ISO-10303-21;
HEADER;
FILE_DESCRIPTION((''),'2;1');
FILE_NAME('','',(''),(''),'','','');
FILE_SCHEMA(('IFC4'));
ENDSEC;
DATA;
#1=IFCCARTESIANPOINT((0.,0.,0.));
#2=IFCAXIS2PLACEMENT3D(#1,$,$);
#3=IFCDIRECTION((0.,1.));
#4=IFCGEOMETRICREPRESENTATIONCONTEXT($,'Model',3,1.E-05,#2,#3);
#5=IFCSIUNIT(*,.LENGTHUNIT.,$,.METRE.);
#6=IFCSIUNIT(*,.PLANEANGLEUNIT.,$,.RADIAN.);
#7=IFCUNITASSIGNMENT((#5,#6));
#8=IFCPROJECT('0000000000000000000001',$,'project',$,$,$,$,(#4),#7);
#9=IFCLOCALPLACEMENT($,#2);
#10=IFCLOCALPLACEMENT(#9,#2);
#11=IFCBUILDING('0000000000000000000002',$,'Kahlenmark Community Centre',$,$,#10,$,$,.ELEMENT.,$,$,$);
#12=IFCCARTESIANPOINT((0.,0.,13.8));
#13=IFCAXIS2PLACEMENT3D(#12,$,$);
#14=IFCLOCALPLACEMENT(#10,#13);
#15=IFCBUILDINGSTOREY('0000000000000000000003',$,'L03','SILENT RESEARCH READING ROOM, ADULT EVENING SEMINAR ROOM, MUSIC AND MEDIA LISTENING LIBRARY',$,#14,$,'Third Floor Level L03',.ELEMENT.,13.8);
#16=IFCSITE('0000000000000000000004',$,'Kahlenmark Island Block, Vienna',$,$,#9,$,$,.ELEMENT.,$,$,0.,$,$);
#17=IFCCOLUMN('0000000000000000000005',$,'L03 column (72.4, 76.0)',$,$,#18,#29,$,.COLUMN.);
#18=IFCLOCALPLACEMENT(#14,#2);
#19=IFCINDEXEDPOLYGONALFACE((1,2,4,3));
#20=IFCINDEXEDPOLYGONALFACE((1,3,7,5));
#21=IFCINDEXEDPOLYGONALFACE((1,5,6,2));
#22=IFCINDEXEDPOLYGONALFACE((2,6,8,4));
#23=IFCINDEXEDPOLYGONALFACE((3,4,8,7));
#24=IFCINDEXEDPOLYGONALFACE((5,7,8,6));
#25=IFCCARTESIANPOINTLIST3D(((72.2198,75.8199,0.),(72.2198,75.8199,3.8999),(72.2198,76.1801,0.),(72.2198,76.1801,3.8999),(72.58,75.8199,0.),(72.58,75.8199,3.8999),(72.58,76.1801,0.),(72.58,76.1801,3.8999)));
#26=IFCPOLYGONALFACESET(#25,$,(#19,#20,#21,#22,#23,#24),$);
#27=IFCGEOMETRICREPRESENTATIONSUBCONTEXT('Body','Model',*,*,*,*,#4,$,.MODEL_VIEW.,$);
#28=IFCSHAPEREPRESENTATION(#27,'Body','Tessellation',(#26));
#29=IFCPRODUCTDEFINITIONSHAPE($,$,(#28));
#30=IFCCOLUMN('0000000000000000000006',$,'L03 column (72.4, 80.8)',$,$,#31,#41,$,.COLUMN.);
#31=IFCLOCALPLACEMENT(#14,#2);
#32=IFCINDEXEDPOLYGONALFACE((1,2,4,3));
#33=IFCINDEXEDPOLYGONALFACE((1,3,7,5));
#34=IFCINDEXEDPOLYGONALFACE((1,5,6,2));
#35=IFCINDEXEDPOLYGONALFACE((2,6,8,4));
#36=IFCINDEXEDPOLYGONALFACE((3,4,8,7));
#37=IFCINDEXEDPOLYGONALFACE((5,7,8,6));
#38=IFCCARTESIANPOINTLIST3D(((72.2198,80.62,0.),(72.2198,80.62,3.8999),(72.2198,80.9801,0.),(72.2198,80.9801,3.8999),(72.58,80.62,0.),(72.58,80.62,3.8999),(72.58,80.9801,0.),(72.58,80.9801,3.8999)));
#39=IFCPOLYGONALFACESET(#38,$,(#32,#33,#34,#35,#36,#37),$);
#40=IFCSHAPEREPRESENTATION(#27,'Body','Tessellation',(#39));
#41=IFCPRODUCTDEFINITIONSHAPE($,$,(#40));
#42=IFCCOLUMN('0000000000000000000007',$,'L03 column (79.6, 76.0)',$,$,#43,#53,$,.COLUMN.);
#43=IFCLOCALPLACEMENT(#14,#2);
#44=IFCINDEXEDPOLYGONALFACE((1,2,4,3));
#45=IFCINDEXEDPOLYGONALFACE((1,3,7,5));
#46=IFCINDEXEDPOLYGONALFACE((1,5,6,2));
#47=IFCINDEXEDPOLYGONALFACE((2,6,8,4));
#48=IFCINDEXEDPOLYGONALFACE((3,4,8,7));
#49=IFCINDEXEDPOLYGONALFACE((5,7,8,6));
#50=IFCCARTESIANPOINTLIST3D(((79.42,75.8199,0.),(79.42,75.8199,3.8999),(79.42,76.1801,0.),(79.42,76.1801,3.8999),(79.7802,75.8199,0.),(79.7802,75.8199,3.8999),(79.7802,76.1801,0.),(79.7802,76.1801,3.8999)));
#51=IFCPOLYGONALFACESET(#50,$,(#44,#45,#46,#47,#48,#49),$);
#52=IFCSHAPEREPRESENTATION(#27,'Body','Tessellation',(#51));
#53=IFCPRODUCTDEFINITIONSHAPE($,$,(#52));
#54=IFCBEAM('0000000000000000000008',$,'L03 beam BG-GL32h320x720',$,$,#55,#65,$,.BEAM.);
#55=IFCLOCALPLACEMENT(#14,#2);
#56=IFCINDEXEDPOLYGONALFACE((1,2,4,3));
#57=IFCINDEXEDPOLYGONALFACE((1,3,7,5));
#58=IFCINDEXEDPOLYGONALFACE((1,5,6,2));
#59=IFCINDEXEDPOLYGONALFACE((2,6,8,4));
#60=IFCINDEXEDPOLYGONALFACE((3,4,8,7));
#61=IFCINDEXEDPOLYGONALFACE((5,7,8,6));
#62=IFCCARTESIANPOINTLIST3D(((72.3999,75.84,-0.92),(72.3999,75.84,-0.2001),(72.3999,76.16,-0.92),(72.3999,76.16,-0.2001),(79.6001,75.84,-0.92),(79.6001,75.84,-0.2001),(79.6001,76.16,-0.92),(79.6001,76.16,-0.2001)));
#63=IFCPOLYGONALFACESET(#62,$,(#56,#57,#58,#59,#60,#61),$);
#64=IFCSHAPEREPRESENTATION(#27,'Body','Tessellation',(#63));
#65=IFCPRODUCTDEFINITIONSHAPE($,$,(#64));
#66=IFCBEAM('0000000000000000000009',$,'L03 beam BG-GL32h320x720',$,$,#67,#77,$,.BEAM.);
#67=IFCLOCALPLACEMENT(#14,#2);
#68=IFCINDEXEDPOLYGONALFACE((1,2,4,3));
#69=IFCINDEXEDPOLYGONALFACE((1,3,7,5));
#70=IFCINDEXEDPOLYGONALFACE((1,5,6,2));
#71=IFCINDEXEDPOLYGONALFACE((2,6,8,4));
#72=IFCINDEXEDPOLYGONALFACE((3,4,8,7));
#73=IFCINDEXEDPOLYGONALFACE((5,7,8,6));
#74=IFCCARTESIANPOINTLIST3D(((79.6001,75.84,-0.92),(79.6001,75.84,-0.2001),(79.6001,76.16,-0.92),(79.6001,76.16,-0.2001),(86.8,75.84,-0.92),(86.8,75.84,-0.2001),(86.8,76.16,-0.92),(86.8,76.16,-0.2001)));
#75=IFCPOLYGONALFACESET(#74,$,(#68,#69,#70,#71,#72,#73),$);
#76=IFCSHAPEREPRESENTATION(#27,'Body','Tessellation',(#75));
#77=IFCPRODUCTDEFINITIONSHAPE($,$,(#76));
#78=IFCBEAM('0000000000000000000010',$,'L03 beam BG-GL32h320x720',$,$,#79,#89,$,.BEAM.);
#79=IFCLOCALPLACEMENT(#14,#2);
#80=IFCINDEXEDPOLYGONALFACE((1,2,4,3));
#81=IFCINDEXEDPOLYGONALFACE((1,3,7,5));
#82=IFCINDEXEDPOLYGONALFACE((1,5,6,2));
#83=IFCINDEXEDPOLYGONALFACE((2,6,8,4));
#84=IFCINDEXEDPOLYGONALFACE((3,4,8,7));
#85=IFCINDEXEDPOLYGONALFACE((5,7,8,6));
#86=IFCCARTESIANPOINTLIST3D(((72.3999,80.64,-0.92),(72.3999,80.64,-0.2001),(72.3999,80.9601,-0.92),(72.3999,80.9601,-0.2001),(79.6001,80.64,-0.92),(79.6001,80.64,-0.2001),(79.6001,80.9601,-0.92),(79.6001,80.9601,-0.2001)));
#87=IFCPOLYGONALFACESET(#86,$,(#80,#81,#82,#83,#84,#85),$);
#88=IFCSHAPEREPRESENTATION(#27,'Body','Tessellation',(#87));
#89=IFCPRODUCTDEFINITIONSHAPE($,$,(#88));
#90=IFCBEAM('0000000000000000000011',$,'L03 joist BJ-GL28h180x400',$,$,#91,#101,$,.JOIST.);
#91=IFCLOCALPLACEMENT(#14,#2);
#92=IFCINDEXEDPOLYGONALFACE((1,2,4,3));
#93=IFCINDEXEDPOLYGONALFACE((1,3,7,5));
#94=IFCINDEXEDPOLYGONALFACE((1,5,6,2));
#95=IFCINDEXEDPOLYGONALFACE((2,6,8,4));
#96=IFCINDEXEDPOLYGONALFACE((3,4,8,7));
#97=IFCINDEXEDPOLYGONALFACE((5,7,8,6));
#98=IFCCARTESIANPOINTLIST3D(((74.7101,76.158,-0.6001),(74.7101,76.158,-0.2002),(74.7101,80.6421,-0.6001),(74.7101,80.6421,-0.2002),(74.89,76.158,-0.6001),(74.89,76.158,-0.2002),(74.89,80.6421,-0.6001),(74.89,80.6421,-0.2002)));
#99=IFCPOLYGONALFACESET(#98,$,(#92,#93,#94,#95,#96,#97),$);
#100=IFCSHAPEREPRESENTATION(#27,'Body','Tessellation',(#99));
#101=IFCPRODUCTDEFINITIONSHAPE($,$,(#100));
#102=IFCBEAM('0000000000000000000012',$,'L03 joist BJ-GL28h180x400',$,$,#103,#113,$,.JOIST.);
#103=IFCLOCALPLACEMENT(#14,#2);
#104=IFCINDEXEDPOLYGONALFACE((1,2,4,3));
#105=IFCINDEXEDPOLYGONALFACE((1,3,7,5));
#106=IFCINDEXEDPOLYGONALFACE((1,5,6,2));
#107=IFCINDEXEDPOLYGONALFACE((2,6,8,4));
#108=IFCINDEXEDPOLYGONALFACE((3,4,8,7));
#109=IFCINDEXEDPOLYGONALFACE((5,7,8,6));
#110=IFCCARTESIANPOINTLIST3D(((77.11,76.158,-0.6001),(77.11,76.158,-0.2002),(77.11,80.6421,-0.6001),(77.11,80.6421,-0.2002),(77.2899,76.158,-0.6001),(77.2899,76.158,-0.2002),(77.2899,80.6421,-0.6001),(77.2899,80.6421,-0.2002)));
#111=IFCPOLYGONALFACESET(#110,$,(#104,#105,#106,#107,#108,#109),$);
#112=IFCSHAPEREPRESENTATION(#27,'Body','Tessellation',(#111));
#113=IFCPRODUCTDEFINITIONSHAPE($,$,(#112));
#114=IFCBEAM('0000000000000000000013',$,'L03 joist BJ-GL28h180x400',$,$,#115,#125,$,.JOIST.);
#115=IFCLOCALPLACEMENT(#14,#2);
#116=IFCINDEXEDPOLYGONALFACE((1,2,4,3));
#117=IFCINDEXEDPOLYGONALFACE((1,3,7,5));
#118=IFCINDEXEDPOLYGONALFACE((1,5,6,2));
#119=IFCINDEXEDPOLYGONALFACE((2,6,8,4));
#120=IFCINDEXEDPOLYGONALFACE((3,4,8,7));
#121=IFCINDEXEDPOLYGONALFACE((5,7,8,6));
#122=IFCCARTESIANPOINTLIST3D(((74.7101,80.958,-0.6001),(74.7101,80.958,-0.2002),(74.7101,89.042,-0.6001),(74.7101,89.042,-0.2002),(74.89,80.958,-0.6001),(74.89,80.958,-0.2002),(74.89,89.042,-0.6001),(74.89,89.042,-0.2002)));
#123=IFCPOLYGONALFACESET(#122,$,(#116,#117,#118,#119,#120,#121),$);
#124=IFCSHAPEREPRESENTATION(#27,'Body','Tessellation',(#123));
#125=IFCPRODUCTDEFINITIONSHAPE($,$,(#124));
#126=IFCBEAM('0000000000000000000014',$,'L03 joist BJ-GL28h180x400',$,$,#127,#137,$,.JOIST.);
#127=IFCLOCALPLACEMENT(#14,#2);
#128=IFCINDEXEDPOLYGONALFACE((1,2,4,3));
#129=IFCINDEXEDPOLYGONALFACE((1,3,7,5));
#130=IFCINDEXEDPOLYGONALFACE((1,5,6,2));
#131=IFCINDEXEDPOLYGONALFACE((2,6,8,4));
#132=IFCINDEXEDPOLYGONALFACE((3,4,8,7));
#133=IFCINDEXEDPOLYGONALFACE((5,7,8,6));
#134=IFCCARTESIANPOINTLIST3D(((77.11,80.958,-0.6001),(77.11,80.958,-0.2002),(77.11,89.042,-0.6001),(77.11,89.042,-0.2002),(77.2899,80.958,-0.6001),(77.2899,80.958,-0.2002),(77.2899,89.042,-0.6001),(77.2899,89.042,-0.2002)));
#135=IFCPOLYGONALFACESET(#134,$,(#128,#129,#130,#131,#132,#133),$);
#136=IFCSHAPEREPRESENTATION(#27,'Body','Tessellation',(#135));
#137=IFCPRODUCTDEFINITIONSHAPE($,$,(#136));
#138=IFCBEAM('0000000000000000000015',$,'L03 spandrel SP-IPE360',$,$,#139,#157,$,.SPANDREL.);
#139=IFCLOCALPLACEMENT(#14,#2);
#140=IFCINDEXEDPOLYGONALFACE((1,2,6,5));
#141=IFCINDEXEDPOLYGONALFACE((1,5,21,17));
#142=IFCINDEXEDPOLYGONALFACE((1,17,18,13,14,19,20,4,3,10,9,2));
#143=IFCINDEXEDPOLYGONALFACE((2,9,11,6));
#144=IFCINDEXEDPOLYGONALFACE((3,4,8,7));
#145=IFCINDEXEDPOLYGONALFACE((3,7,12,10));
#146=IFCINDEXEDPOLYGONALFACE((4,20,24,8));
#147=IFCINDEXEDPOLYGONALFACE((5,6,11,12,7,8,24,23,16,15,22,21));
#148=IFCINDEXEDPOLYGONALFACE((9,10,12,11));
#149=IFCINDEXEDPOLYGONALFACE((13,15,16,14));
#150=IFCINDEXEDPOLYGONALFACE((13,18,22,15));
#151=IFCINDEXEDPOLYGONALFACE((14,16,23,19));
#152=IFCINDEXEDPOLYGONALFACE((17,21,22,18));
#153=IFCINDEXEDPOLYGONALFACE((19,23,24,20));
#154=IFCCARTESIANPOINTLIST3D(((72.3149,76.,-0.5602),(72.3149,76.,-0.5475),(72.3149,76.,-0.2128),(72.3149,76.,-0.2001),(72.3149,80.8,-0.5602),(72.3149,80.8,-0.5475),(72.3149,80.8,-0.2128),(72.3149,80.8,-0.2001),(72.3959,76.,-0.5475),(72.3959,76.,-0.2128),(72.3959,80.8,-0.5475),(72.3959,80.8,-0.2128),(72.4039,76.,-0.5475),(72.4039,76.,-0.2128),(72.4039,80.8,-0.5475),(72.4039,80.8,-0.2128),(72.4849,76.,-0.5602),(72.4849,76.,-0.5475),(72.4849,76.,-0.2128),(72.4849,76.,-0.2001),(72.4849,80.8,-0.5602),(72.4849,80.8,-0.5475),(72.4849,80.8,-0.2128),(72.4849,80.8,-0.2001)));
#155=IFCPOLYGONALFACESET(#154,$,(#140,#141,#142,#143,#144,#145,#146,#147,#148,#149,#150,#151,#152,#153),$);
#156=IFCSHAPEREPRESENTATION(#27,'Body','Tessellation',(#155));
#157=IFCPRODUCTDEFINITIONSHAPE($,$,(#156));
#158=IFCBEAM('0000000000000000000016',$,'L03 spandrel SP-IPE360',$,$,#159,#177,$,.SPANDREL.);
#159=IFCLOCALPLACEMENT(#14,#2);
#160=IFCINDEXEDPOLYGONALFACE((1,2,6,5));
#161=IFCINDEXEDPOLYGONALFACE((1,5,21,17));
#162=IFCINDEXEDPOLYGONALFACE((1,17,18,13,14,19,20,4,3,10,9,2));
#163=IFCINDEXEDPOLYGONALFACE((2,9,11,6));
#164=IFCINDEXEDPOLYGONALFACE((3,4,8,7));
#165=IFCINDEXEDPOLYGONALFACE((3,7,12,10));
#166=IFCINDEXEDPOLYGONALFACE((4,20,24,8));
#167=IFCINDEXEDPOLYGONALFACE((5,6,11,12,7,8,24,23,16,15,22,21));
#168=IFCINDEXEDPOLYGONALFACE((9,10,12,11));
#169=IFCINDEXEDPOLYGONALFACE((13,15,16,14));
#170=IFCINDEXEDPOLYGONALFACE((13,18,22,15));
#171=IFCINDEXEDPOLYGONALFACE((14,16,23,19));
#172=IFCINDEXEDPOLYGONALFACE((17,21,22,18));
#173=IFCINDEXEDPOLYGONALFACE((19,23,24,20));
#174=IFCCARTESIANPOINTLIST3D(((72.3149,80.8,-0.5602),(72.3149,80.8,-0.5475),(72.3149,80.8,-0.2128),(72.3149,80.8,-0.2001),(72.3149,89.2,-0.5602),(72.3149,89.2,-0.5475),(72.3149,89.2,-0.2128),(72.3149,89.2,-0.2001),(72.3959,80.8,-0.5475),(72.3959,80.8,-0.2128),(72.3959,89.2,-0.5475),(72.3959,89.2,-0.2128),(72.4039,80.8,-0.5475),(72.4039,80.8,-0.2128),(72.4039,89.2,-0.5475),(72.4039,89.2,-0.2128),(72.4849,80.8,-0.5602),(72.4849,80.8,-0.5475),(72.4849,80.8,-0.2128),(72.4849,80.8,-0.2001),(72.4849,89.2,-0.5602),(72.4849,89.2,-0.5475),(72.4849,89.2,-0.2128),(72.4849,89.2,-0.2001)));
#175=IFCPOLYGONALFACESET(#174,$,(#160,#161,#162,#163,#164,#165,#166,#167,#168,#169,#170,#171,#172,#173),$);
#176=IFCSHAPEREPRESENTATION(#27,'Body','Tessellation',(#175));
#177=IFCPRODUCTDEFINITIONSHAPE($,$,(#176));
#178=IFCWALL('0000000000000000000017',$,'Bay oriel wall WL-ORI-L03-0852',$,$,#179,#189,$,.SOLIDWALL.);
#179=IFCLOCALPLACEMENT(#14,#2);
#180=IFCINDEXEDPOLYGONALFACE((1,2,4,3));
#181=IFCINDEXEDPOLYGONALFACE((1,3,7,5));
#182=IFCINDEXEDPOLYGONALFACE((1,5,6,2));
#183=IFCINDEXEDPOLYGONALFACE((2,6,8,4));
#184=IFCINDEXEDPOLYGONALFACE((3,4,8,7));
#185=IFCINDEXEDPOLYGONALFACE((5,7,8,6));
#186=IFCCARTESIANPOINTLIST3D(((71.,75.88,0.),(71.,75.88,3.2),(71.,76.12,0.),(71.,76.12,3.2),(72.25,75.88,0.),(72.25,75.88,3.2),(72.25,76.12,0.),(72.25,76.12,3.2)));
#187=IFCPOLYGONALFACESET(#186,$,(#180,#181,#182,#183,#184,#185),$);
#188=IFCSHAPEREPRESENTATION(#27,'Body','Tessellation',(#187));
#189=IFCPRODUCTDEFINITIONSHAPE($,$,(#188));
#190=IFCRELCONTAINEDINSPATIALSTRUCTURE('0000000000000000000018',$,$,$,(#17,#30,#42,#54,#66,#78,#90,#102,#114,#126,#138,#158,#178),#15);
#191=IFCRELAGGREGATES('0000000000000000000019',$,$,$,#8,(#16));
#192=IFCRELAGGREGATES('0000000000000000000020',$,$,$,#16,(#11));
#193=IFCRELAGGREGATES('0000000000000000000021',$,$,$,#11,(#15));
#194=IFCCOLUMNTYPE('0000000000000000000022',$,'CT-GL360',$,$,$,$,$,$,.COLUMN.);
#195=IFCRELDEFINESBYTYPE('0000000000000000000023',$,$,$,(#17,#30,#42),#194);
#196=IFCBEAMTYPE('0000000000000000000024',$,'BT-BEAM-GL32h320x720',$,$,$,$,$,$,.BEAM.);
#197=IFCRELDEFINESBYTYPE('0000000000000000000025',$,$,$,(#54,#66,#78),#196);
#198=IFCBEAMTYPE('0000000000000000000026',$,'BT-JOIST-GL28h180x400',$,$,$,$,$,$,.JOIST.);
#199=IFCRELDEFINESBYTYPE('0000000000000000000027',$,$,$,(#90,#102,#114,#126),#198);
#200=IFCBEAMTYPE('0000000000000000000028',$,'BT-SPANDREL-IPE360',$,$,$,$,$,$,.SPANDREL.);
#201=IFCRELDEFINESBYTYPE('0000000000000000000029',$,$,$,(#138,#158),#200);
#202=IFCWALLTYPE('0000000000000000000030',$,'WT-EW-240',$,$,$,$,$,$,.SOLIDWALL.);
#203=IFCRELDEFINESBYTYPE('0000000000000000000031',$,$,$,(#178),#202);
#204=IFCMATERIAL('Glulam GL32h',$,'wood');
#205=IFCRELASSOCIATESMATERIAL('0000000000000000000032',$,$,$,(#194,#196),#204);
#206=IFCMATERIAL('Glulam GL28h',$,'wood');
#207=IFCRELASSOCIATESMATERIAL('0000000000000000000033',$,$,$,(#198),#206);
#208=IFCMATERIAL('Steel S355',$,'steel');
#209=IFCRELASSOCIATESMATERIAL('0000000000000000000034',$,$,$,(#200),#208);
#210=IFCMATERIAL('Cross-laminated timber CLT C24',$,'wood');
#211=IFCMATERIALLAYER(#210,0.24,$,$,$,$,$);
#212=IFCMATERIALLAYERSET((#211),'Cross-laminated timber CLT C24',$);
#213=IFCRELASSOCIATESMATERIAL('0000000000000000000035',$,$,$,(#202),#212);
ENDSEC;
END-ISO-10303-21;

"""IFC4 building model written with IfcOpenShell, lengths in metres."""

from ifc_helpers import new_model, si_unit, direction, frame, frame_2d, origin, origin_2d, place, context, subcontext, project, spatial, rectangle, i_section, extrude, material, layer, layer_set, material_profile, profile_set, type_object, element, save


model = new_model("IFC4")

# Units and contexts
model_context = context("Model", 3, precision=1e-05, world=origin(), true_north=direction((0.0, 1.0)))
body_context = subcontext(model_context, "Body", "Model", "MODEL_VIEW")
ifc_project = project(units=[si_unit("LENGTHUNIT", "METRE"), si_unit("PLANEANGLEUNIT", "RADIAN")], contexts=[model_context])

# Site, building, storey
site_placement = place(None, origin())
site = spatial("IfcSite", under=ifc_project, at=site_placement, Name="Kahlenmark Island Block, Vienna", CompositionType="ELEMENT", RefElevation=0.0)
building_placement = place(site_placement, origin())
building = spatial("IfcBuilding", under=site, at=building_placement, Name="Kahlenmark Community Centre", CompositionType="ELEMENT")
storey_placement = place(building_placement, frame((0.0, 0.0, 13.8)))
storey = spatial("IfcBuildingStorey", under=building, at=storey_placement, Name="L03", Description="SILENT RESEARCH READING ROOM, ADULT EVENING SEMINAR ROOM, MUSIC AND MEDIA LISTENING LIBRARY", LongName="Third Floor Level L03", CompositionType="ELEMENT", Elevation=13.8)

# Columns
ifc_material_1 = material(Name="Glulam GL32h", Category="wood")
ifc_material_profile_1 = material_profile(ifc_material_1, rectangle(XDim=0.3601, YDim=0.3601, at=origin_2d()), Name="GL32h 360x360")
ifc_profile_set_1 = profile_set([ifc_material_profile_1], Name="Glulam GL32h")
column_type = type_object("IfcColumnType", Name="CT-GL360", PredefinedType="COLUMN", material=ifc_profile_set_1)
for number, where, z_axis, x_axis, name in (
    (1, (72.3999, 76.0, 0.0), (0.0, 0.0, 1.0), (1.0, 0.0, 0.0), "L03 column (72.4, 76.0)"),
    (2, (72.3999, 80.8, 0.0), (0.0, 0.0, 1.0), (1.0, 0.0, 0.0), "L03 column (72.4, 80.8)"),
    (3, (79.6001, 76.0, 0.0), (0.0, 0.0, 1.0), (1.0, 0.0, 0.0), "L03 column (79.6, 76.0)"),
):
    element("IfcColumn", number, at=place(storey_placement, frame(where, z_axis=z_axis, x_axis=x_axis)), inside=storey, type_object=column_type, Name=name, PredefinedType="COLUMN", context=body_context, shape_type="SweptSolid", body=[
        extrude(rectangle(XDim=0.3601, YDim=0.3601, at=origin_2d()), origin(), (0.0, 0.0, 1.0), 3.8999),
    ])

# Beams
ifc_material_profile_2 = material_profile(ifc_material_1, rectangle(XDim=0.3201, YDim=0.72, at=origin_2d()), Name="GL32h 320x720")
ifc_profile_set_2 = profile_set([ifc_material_profile_2], Name="Glulam GL32h")
beam_type_1 = type_object("IfcBeamType", Name="BT-BEAM-GL32h320x720", PredefinedType="BEAM", material=ifc_profile_set_2)
beam_1_placement = place(storey_placement, frame((72.3999, 76.0, -0.5601), z_axis=(1.0, 0.0, 0.0), x_axis=(0.0, 1.0, 0.0)))
element("IfcBeam", 4, at=beam_1_placement, inside=storey, type_object=beam_type_1, Name="L03 beam BG-GL32h320x720", PredefinedType="BEAM", context=body_context, shape_type="SweptSolid", body=[
    extrude(rectangle(XDim=0.3201, YDim=0.72, at=origin_2d()), origin(), (0.0, 0.0, 1.0), 7.2002),
])
beam_2_placement = place(storey_placement, frame((79.6001, 76.0, -0.5601), z_axis=(1.0, 0.0, 0.0), x_axis=(0.0, 1.0, 0.0)))
element("IfcBeam", 5, at=beam_2_placement, inside=storey, type_object=beam_type_1, Name="L03 beam BG-GL32h320x720", PredefinedType="BEAM", context=body_context, shape_type="SweptSolid", body=[
    extrude(rectangle(XDim=0.3201, YDim=0.72, at=origin_2d()), origin(), (0.0, 0.0, 1.0), 7.2),
])
beam_3_placement = place(storey_placement, frame((72.3999, 80.8, -0.5601), z_axis=(1.0, 0.0, 0.0), x_axis=(0.0, 1.0, 0.0)))
element("IfcBeam", 6, at=beam_3_placement, inside=storey, type_object=beam_type_1, Name="L03 beam BG-GL32h320x720", PredefinedType="BEAM", context=body_context, shape_type="SweptSolid", body=[
    extrude(rectangle(XDim=0.3201, YDim=0.72, at=origin_2d()), origin(), (0.0, 0.0, 1.0), 7.2002),
])
ifc_material_2 = material(Name="Glulam GL28h", Category="wood")
ifc_material_profile_3 = material_profile(ifc_material_2, rectangle(XDim=0.1799, YDim=0.3999, at=origin_2d()), Name="GL28h 180x400")
ifc_profile_set_3 = profile_set([ifc_material_profile_3], Name="Glulam GL28h")
beam_type_2 = type_object("IfcBeamType", Name="BT-JOIST-GL28h180x400", PredefinedType="JOIST", material=ifc_profile_set_3)
for number, where, z_axis, x_axis, name in (
    (7, (74.8, 76.158, -0.4001), (0.0, 1.0, 0.0), (-1.0, 0.0, 0.0), "L03 joist BJ-GL28h180x400"),
    (8, (77.2, 76.158, -0.4001), (0.0, 1.0, 0.0), (-1.0, 0.0, 0.0), "L03 joist BJ-GL28h180x400"),
):
    element("IfcBeam", number, at=place(storey_placement, frame(where, z_axis=z_axis, x_axis=x_axis)), inside=storey, type_object=beam_type_2, Name=name, PredefinedType="JOIST", context=body_context, shape_type="SweptSolid", body=[
        extrude(rectangle(XDim=0.1799, YDim=0.3999, at=origin_2d()), origin(), (0.0, 0.0, 1.0), 4.4841),
    ])
for number, where, z_axis, x_axis, name in (
    (9, (74.8, 80.958, -0.4001), (0.0, 1.0, 0.0), (-1.0, 0.0, 0.0), "L03 joist BJ-GL28h180x400"),
    (10, (77.2, 80.958, -0.4001), (0.0, 1.0, 0.0), (-1.0, 0.0, 0.0), "L03 joist BJ-GL28h180x400"),
):
    element("IfcBeam", number, at=place(storey_placement, frame(where, z_axis=z_axis, x_axis=x_axis)), inside=storey, type_object=beam_type_2, Name=name, PredefinedType="JOIST", context=body_context, shape_type="SweptSolid", body=[
        extrude(rectangle(XDim=0.1799, YDim=0.3999, at=origin_2d()), origin(), (0.0, 0.0, 1.0), 8.084),
    ])
ifc_material_3 = material(Name="Steel S355", Category="steel")
ifc_material_profile_4 = material_profile(ifc_material_3, i_section(OverallWidth=0.1699, OverallDepth=0.3601, WebThickness=0.0081, FlangeThickness=0.0127, at=origin_2d()), Name="IPE 360")
ifc_profile_set_4 = profile_set([ifc_material_profile_4], Name="Steel S355")
beam_type_3 = type_object("IfcBeamType", Name="BT-SPANDREL-IPE360", PredefinedType="SPANDREL", material=ifc_profile_set_4)
beam_4_placement = place(storey_placement, frame((72.3999, 76.0, -0.3801), z_axis=(0.0, 1.0, 0.0), x_axis=(-1.0, 0.0, 0.0)))
element("IfcBeam", 11, at=beam_4_placement, inside=storey, type_object=beam_type_3, Name="L03 spandrel SP-IPE360", PredefinedType="SPANDREL", context=body_context, shape_type="SweptSolid", body=[
    extrude(i_section(OverallWidth=0.1699, OverallDepth=0.3601, WebThickness=0.0081, FlangeThickness=0.0127, at=origin_2d()), origin(), (0.0, 0.0, 1.0), 4.8),
])
beam_5_placement = place(storey_placement, frame((72.3999, 80.8, -0.3801), z_axis=(0.0, 1.0, 0.0), x_axis=(-1.0, 0.0, 0.0)))
element("IfcBeam", 12, at=beam_5_placement, inside=storey, type_object=beam_type_3, Name="L03 spandrel SP-IPE360", PredefinedType="SPANDREL", context=body_context, shape_type="SweptSolid", body=[
    extrude(i_section(OverallWidth=0.1699, OverallDepth=0.3601, WebThickness=0.0081, FlangeThickness=0.0127, at=origin_2d()), origin(), (0.0, 0.0, 1.0), 8.3999),
])

# Wall
ifc_material_4 = material(Name="Cross-laminated timber CLT C24", Category="wood")
ifc_layer_1 = layer(ifc_material_4, 0.24)
ifc_layer_set_1 = layer_set([ifc_layer_1], Name="Cross-laminated timber CLT C24")
wall_type_1 = type_object("IfcWallType", Name="WT-EW-240", PredefinedType="SOLIDWALL", material=ifc_layer_set_1)
wall_1_placement = place(storey_placement, frame((71.0, 76.0, 0.0), z_axis=(0.0, 0.0, 1.0), x_axis=(1.0, 0.0, 0.0)))
element("IfcWall", 13, at=wall_1_placement, inside=storey, type_object=wall_type_1, Name="Bay oriel wall WL-ORI-L03-0852", PredefinedType="SOLIDWALL", context=body_context, shape_type="SweptSolid", body=[
    extrude(rectangle(XDim=1.25, YDim=0.24, at=frame_2d((0.625, 0.0))), origin(), (0.0, 0.0, 1.0), 3.2),
])

save(model, "model.ifc")
